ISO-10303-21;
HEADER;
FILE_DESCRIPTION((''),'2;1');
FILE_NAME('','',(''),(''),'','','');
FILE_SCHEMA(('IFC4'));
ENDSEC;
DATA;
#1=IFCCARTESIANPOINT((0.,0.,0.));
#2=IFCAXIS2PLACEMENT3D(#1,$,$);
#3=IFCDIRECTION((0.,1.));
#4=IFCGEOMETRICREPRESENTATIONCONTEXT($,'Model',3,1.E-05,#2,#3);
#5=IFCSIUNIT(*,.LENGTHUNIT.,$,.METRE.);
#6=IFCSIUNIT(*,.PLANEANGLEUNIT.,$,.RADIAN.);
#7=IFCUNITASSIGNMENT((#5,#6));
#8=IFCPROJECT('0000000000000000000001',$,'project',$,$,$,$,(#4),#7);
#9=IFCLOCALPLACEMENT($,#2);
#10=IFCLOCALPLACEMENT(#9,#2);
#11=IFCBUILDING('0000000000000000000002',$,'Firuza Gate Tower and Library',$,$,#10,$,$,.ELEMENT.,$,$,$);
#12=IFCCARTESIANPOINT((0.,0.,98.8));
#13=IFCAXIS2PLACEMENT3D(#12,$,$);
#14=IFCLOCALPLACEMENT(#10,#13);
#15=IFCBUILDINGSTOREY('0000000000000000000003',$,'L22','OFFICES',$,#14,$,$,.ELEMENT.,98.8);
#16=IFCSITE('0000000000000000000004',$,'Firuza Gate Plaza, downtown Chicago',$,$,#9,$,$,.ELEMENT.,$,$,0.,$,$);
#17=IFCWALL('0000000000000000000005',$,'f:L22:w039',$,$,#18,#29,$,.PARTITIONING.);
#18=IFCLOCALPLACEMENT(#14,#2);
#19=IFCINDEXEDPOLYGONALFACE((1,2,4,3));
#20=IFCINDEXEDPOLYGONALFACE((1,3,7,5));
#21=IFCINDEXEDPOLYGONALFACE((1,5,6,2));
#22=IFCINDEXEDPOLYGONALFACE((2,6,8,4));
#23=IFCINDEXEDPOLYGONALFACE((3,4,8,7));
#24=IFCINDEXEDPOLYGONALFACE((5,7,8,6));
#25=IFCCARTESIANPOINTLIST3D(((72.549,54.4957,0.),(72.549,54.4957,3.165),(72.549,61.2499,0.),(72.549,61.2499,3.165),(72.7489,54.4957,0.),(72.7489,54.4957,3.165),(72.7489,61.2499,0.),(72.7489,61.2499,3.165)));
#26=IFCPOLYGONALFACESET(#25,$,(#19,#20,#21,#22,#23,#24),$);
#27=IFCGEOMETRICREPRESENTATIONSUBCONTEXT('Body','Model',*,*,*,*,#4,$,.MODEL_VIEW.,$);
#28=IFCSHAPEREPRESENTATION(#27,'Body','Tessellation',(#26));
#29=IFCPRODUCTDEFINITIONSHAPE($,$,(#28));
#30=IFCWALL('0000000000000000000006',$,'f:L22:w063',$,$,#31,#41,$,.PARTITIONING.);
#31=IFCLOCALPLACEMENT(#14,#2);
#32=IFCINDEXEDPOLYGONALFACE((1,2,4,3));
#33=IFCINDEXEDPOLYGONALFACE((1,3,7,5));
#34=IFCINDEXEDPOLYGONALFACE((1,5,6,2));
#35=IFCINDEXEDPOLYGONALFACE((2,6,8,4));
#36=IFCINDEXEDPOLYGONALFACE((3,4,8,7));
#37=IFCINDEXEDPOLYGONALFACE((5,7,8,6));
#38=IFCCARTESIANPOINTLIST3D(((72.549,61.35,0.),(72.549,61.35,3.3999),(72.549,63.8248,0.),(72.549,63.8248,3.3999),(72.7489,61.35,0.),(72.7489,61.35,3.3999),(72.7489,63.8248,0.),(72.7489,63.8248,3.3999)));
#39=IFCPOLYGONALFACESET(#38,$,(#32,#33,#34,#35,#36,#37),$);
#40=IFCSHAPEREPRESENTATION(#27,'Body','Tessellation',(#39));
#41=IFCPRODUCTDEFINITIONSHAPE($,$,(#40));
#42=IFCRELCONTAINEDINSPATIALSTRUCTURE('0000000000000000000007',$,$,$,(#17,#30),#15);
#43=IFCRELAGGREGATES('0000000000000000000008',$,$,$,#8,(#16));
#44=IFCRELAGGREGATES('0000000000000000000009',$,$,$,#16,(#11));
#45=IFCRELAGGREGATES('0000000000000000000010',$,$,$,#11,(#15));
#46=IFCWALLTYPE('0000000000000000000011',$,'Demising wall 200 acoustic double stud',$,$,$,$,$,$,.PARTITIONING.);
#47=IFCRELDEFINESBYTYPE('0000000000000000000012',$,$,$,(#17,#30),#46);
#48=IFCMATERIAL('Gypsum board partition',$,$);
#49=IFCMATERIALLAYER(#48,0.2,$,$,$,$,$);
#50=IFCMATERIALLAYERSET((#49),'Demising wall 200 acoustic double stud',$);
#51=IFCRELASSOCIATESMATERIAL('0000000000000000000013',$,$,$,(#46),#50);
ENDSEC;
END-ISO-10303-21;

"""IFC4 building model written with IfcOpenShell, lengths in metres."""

from ifc_helpers import new_model, si_unit, direction, frame, frame_2d, origin, place, context, subcontext, project, spatial, rectangle, extrude, material, layer, layer_set, type_object, element, save


model = new_model("IFC4")

# Units and contexts
model_context = context("Model", 3, precision=1e-05, world=origin(), true_north=direction((0.0, 1.0)))
body_context = subcontext(model_context, "Body", "Model", "MODEL_VIEW")
ifc_project = project(units=[si_unit("LENGTHUNIT", "METRE"), si_unit("PLANEANGLEUNIT", "RADIAN")], contexts=[model_context])

# Site, building, storey
site_placement = place(None, origin())
site = spatial("IfcSite", under=ifc_project, at=site_placement, Name="Firuza Gate Plaza, downtown Chicago", CompositionType="ELEMENT", RefElevation=0.0)
building_placement = place(site_placement, origin())
building = spatial("IfcBuilding", under=site, at=building_placement, Name="Firuza Gate Tower and Library", CompositionType="ELEMENT")
storey_placement = place(building_placement, frame((0.0, 0.0, 98.8)))
storey = spatial("IfcBuildingStorey", under=building, at=storey_placement, Name="L22", Description="OFFICES", CompositionType="ELEMENT", Elevation=98.8)

# Walls
ifc_material_1 = material(Name="Gypsum board partition")
ifc_layer_1 = layer(ifc_material_1, 0.2)
ifc_layer_set_1 = layer_set([ifc_layer_1], Name="Demising wall 200 acoustic double stud")
wall_type_1 = type_object("IfcWallType", Name="Demising wall 200 acoustic double stud", PredefinedType="PARTITIONING", material=ifc_layer_set_1)
wall_1_placement = place(storey_placement, frame((72.6489, 54.4958, 0.0), z_axis=(0.0, 0.0, 1.0), x_axis=(0.0, 1.0, 0.0)))
element("IfcWall", 1, at=wall_1_placement, inside=storey, type_object=wall_type_1, Name="f:L22:w039", PredefinedType="PARTITIONING", context=body_context, shape_type="SweptSolid", body=[
    extrude(rectangle(XDim=6.7542, YDim=0.2, at=frame_2d((3.377, 0.0))), origin(), (0.0, 0.0, 1.0), 3.165),
])
wall_2_placement = place(storey_placement, frame((72.6489, 61.3501, 0.0), z_axis=(0.0, 0.0, 1.0), x_axis=(0.0, 1.0, 0.0)))
element("IfcWall", 2, at=wall_2_placement, inside=storey, type_object=wall_type_1, Name="f:L22:w063", PredefinedType="PARTITIONING", context=body_context, shape_type="SweptSolid", body=[
    extrude(rectangle(XDim=2.4749, YDim=0.2, at=frame_2d((1.2373, 0.0))), origin(), (0.0, 0.0, 1.0), 3.3999),
])

save(model, "model.ifc")
